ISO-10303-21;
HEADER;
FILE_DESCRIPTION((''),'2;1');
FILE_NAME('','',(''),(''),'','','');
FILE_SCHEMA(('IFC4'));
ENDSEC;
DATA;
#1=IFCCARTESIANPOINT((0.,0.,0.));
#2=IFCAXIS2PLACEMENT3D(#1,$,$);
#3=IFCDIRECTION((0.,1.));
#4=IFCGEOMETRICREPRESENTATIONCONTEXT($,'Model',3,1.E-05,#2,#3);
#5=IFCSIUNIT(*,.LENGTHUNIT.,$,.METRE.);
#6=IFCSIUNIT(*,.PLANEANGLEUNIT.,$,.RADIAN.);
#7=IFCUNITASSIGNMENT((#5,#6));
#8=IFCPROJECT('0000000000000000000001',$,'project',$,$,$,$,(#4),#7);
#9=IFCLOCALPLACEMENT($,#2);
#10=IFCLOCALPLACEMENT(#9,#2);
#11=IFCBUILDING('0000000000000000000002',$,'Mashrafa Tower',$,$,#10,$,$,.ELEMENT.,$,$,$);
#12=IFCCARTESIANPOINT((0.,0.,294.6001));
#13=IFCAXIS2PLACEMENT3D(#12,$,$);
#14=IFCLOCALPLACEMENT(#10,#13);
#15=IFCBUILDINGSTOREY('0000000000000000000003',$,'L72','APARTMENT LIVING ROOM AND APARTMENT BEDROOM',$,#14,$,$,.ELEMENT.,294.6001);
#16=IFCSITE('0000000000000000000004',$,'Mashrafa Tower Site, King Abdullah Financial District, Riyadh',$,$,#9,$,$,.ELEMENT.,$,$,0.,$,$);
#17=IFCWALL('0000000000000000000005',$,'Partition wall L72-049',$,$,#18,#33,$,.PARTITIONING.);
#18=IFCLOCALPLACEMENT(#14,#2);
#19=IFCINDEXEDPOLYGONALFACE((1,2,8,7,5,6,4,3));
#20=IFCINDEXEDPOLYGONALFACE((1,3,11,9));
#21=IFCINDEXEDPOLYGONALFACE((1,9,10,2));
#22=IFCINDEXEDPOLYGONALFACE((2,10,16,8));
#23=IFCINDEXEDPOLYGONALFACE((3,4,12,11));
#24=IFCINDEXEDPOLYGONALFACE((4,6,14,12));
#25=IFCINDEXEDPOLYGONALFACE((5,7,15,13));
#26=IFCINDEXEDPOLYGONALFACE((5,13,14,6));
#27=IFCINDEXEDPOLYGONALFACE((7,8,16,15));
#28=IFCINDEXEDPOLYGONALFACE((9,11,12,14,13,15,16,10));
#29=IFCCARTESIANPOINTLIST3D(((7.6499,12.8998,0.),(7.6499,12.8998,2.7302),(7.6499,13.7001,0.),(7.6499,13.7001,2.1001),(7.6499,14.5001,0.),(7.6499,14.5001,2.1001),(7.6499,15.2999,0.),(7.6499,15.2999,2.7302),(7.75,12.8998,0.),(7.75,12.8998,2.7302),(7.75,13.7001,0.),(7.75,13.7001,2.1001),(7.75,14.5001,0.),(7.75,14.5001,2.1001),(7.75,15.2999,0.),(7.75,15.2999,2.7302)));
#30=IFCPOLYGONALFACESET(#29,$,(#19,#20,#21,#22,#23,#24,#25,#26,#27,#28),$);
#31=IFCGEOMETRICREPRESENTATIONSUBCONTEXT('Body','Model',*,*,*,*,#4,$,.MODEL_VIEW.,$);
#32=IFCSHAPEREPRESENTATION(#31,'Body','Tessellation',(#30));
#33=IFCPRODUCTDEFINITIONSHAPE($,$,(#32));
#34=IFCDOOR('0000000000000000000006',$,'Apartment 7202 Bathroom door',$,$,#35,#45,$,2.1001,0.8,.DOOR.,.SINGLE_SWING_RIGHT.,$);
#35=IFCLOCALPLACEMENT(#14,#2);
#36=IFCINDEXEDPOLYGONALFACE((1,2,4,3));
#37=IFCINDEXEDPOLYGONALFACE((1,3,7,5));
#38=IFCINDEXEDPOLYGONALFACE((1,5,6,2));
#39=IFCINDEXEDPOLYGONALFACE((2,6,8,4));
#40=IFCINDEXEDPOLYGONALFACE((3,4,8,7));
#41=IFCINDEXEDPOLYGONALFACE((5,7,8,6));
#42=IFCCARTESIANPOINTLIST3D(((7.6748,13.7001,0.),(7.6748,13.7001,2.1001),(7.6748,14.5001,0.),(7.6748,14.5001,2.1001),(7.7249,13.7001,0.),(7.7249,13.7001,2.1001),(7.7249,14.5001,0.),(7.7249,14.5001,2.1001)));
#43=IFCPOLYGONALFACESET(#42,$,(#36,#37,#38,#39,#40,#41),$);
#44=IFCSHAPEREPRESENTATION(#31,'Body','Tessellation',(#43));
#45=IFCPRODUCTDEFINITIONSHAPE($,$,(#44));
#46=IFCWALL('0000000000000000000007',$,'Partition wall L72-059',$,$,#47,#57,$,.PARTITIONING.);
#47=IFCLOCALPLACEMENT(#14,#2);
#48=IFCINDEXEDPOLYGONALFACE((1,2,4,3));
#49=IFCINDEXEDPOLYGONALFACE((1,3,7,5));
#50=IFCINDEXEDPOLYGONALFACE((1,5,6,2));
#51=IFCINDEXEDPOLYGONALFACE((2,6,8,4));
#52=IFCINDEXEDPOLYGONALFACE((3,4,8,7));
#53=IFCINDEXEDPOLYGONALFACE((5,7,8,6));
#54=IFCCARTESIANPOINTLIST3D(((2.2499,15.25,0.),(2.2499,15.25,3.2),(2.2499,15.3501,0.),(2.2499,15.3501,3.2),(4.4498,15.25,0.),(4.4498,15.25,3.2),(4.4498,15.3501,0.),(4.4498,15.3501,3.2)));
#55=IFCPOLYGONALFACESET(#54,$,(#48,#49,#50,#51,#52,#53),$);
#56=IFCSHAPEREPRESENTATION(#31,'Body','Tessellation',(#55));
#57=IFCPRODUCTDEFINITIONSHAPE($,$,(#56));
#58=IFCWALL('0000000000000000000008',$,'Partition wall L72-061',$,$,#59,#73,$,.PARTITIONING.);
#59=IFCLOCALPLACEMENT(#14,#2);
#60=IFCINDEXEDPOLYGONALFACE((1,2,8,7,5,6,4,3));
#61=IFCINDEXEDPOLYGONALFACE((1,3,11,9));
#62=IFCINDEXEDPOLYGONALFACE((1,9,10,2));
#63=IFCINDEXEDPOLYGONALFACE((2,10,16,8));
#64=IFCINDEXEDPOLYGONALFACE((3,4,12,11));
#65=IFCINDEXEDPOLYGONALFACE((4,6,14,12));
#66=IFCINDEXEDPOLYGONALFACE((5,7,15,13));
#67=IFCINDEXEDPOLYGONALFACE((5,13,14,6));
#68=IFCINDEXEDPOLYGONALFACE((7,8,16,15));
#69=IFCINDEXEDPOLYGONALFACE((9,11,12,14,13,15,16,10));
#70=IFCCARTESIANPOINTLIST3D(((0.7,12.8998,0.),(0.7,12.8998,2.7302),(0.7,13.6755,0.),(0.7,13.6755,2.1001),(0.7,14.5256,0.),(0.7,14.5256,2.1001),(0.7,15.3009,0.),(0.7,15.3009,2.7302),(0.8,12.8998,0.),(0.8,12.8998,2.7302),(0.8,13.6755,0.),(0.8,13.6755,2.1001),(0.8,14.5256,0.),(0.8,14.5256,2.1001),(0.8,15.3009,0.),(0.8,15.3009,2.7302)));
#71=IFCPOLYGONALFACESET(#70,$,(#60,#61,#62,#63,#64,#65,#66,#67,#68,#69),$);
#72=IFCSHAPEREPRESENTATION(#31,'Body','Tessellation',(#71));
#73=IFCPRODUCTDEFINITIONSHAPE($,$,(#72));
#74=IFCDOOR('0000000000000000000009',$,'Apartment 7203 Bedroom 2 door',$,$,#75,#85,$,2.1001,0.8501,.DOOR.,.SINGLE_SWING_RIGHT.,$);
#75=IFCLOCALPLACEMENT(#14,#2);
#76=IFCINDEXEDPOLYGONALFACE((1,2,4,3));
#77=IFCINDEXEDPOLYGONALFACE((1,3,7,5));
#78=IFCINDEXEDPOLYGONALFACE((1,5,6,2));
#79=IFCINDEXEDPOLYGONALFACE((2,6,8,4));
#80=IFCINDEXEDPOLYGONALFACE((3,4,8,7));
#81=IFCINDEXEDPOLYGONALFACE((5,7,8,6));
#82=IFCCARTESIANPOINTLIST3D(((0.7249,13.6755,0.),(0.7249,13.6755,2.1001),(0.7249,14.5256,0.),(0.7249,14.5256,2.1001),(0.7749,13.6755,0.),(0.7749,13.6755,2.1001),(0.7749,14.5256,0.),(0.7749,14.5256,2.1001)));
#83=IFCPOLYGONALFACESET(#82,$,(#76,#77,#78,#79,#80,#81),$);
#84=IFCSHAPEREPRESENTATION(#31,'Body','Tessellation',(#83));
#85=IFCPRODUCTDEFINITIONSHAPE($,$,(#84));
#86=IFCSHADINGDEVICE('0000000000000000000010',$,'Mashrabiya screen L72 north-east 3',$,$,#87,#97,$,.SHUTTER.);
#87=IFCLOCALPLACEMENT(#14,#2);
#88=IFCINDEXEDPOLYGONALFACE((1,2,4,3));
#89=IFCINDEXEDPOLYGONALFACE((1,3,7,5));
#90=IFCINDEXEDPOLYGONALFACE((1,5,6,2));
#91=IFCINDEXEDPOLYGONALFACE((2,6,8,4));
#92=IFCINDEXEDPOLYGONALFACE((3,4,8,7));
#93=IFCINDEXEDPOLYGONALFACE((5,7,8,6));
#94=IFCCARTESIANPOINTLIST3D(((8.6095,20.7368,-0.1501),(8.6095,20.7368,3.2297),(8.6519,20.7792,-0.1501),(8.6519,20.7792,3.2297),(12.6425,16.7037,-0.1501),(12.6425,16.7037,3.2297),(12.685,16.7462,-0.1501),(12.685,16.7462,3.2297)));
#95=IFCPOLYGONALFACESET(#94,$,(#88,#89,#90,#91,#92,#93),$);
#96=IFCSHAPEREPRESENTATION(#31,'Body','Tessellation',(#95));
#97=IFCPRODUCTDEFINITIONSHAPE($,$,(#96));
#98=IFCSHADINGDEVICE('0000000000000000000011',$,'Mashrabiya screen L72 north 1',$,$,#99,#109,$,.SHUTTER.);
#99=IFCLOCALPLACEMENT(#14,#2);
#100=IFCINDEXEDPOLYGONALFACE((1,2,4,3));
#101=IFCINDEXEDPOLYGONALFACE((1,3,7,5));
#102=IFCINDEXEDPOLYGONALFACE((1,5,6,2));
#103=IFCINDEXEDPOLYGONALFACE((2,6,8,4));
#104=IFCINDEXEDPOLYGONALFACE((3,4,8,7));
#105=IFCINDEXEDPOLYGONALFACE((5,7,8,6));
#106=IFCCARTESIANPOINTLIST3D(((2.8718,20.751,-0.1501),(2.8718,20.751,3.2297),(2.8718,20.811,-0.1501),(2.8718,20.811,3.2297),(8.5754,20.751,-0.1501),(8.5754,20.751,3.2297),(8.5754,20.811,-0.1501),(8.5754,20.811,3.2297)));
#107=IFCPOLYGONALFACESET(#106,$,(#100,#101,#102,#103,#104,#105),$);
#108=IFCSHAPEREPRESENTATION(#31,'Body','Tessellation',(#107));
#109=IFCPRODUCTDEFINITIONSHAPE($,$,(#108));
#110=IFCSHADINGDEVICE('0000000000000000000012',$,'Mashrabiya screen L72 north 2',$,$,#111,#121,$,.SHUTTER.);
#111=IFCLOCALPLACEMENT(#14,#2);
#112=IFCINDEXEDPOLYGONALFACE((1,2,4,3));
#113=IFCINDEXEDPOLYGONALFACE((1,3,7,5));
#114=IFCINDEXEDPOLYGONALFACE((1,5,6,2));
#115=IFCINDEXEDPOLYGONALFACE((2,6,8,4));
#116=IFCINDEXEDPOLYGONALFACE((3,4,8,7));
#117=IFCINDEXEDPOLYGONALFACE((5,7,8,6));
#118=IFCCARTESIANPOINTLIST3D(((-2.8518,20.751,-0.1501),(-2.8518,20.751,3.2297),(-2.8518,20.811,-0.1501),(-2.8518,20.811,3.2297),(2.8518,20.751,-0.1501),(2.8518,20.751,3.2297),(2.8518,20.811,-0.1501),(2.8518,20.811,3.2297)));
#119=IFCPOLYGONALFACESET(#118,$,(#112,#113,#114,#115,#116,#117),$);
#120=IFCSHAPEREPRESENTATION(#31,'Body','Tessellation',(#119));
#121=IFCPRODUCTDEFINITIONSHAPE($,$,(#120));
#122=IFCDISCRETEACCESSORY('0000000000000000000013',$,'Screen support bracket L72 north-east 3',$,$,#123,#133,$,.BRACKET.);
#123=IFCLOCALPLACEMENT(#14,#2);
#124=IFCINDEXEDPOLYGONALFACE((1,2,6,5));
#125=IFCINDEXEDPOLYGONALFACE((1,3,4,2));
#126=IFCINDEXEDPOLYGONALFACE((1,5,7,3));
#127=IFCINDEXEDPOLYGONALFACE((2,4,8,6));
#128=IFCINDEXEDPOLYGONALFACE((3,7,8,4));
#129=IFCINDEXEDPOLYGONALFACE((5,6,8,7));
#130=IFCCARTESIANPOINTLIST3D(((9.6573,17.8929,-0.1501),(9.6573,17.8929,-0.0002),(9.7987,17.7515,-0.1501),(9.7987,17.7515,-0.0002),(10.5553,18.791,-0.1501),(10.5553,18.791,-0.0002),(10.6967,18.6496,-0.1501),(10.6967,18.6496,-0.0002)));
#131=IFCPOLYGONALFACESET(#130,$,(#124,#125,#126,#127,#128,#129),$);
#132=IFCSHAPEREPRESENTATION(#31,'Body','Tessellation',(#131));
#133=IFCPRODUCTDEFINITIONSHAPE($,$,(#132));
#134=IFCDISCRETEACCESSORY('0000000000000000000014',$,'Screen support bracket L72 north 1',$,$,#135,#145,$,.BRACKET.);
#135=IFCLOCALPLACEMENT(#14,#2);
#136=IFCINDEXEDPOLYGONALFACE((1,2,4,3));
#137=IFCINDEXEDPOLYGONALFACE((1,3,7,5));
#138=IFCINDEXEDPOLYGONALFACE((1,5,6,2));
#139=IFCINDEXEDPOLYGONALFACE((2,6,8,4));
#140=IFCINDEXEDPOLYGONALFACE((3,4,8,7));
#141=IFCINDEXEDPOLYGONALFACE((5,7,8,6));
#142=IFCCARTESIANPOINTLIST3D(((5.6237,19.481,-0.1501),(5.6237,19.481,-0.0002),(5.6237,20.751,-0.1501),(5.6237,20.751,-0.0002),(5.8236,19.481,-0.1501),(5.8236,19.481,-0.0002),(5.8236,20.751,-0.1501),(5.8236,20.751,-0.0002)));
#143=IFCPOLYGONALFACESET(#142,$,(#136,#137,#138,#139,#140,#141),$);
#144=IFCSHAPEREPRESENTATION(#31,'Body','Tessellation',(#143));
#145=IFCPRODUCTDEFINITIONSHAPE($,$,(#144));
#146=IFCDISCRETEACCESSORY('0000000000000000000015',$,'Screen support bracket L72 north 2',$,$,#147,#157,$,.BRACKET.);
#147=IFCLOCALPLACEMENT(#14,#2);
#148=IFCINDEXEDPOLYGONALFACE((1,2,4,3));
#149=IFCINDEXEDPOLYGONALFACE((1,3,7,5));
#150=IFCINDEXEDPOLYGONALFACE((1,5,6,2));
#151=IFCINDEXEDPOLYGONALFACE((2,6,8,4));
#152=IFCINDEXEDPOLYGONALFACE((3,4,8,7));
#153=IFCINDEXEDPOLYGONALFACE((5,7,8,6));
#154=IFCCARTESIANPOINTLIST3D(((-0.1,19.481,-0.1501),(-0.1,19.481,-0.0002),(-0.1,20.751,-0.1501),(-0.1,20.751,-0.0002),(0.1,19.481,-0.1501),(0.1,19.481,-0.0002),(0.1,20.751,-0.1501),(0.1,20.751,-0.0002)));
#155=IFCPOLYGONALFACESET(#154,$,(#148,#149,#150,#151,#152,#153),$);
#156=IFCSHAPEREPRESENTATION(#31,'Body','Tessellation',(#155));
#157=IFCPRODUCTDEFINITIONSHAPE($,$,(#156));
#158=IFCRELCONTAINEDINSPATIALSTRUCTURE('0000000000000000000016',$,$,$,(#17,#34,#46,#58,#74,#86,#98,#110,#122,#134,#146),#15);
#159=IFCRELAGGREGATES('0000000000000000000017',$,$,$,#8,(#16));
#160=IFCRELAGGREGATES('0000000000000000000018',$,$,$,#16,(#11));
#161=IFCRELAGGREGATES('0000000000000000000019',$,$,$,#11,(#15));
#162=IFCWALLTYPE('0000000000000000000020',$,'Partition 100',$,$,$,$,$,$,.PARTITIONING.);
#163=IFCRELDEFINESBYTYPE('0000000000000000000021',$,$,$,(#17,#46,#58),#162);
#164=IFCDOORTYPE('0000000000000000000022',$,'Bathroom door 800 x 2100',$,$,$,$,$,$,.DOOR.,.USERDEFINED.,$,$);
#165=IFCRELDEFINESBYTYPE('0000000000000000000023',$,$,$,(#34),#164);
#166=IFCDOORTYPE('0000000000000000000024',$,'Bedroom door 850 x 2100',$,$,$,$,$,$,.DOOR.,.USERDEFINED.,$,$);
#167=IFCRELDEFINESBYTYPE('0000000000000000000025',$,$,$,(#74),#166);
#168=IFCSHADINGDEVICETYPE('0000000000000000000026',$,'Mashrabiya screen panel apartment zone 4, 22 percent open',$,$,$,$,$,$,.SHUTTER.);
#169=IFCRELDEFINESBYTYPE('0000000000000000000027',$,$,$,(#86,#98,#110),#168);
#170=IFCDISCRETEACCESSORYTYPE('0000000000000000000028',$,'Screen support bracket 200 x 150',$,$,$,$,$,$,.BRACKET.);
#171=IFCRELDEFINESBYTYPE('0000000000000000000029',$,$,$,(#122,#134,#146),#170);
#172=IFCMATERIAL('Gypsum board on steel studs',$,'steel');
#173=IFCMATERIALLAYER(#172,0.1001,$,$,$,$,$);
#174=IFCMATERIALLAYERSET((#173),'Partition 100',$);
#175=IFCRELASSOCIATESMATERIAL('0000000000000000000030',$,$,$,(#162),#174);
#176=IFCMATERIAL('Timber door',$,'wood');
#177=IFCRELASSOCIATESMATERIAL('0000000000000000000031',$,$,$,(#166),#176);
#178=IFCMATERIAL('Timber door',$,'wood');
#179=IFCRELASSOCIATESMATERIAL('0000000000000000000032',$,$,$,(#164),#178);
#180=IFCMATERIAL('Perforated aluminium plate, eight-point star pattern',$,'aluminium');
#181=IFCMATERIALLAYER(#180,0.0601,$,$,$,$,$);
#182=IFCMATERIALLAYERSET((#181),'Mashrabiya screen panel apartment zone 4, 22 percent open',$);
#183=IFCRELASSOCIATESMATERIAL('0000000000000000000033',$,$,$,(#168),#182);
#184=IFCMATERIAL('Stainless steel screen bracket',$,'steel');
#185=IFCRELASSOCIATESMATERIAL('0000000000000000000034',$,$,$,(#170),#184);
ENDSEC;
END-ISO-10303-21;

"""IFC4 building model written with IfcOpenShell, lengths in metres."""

from ifc_helpers import new_model, si_unit, direction, frame, frame_2d, origin, origin_2d, place, context, subcontext, project, spatial, rectangle, extrude, source, transform, mapped, material, layer, layer_set, type_object, type_shapes, element, fill, save


model = new_model("IFC4")

# Units and contexts
model_context = context("Model", 3, precision=1e-05, world=origin(), true_north=direction((0.0, 1.0)))
body_context = subcontext(model_context, "Body", "Model", "MODEL_VIEW")
ifc_project = project(units=[si_unit("LENGTHUNIT", "METRE"), si_unit("PLANEANGLEUNIT", "RADIAN")], contexts=[model_context])

# Site, building, storey
site_placement = place(None, origin())
site = spatial("IfcSite", under=ifc_project, at=site_placement, Name="Mashrafa Tower Site, King Abdullah Financial District, Riyadh", CompositionType="ELEMENT", RefElevation=0.0)
building_placement = place(site_placement, origin())
building = spatial("IfcBuilding", under=site, at=building_placement, Name="Mashrafa Tower", CompositionType="ELEMENT")
storey_placement = place(building_placement, frame((0.0, 0.0, 294.6001)))
storey = spatial("IfcBuildingStorey", under=building, at=storey_placement, Name="L72", Description="APARTMENT LIVING ROOM AND APARTMENT BEDROOM", CompositionType="ELEMENT", Elevation=294.6001)

# Shared definitions
ifc_material_1 = material(Name="Gypsum board on steel studs", Category="steel")
ifc_layer_1 = layer(ifc_material_1, 0.1001)
ifc_layer_set_1 = layer_set([ifc_layer_1], Name="Partition 100")
wall_type_1 = type_object("IfcWallType", Name="Partition 100", PredefinedType="PARTITIONING", material=ifc_layer_set_1)

# Shared definitions
ifc_material_2 = material(Name="Timber door", Category="wood")
door_type_1 = type_object("IfcDoorType", Name="Bedroom door 850 x 2100", OperationType="USERDEFINED", PredefinedType="DOOR", material=ifc_material_2)

# Wall, opening, door
wall_1_placement = place(storey_placement, frame((7.7, 15.3, 0.0), z_axis=(0.0, 0.0, 1.0), x_axis=(0.0, -1.0, 0.0)))
wall_1 = element("IfcWall", 1, at=wall_1_placement, inside=storey, type_object=wall_type_1, Name="Partition wall L72-049", PredefinedType="PARTITIONING", context=body_context, shape_type="SweptSolid", body=[
    extrude(rectangle(XDim=2.4001, YDim=0.1001, at=frame_2d((1.2002, 0.0))), origin(), (0.0, 0.0, 1.0), 2.7302),
])
opening_1_placement = place(wall_1_placement, frame((0.8, 0.0, 0.0)))
opening_1 = element("IfcOpeningElement", 2, at=opening_1_placement, cuts=wall_1, PredefinedType="OPENING", context=body_context, shape_type="SweptSolid", body=[
    extrude(rectangle(XDim=0.8, YDim=2.1001, at=frame_2d((0.3999, 1.05))), frame((0.0, 0.0601, 0.0), z_axis=(0.0, -1.0, 0.0), x_axis=(1.0, 0.0, 0.0)), (0.0, 0.0, 1.0), 0.1201),
])
ifc_material_3 = material(Name="Timber door", Category="wood")
door_type_2 = type_object("IfcDoorType", Name="Bathroom door 800 x 2100", OperationType="USERDEFINED", PredefinedType="DOOR", material=ifc_material_3)
door_1_placement = place(opening_1_placement, origin())
door_1 = element("IfcDoor", 3, at=door_1_placement, inside=storey, type_object=door_type_2, Name="Apartment 7202 Bathroom door", OperationType="SINGLE_SWING_RIGHT", OverallHeight=2.1001, OverallWidth=0.8, PredefinedType="DOOR", context=body_context, shape_type="SweptSolid", body=[
    extrude(rectangle(XDim=0.8, YDim=2.1001, at=frame_2d((0.3999, 1.05))), frame((0.0, 0.0249, 0.0), z_axis=(0.0, -1.0, 0.0), x_axis=(1.0, 0.0, 0.0)), (0.0, 0.0, 1.0), 0.05),
])
fill(opening_1, door_1)

# Wall
wall_2_placement = place(storey_placement, frame((4.45, 15.3, 0.0), z_axis=(0.0, 0.0, 1.0), x_axis=(-1.0, 0.0, 0.0)))
element("IfcWall", 4, at=wall_2_placement, inside=storey, type_object=wall_type_1, Name="Partition wall L72-059", PredefinedType="PARTITIONING", context=body_context, shape_type="SweptSolid", body=[
    extrude(rectangle(XDim=2.2, YDim=0.1001, at=frame_2d((1.1001, 0.0))), origin(), (0.0, 0.0, 1.0), 3.2),
])

# Wall, opening, door
wall_3_placement = place(storey_placement, frame((0.75, 15.301, 0.0), z_axis=(0.0, 0.0, 1.0), x_axis=(0.0, -1.0, 0.0)))
wall_3 = element("IfcWall", 5, at=wall_3_placement, inside=storey, type_object=wall_type_1, Name="Partition wall L72-061", PredefinedType="PARTITIONING", context=body_context, shape_type="SweptSolid", body=[
    extrude(rectangle(XDim=2.4011, YDim=0.1001, at=frame_2d((1.2007, 0.0))), origin(), (0.0, 0.0, 1.0), 2.7302),
])
opening_2_placement = place(wall_3_placement, frame((0.7754, 0.0, 0.0)))
opening_2 = element("IfcOpeningElement", 6, at=opening_2_placement, cuts=wall_3, PredefinedType="OPENING", context=body_context, shape_type="SweptSolid", body=[
    extrude(rectangle(XDim=0.8501, YDim=2.1001, at=frame_2d((0.425, 1.05))), frame((0.0, 0.0601, 0.0), z_axis=(0.0, -1.0, 0.0), x_axis=(1.0, 0.0, 0.0)), (0.0, 0.0, 1.0), 0.1201),
])
door_2_placement = place(opening_2_placement, origin())
door_2 = element("IfcDoor", 7, at=door_2_placement, inside=storey, type_object=door_type_1, Name="Apartment 7203 Bedroom 2 door", OperationType="SINGLE_SWING_RIGHT", OverallHeight=2.1001, OverallWidth=0.8501, PredefinedType="DOOR", context=body_context, shape_type="SweptSolid", body=[
    extrude(rectangle(XDim=0.8501, YDim=2.1001, at=frame_2d((0.425, 1.05))), frame((0.0, 0.0249, 0.0), z_axis=(0.0, -1.0, 0.0), x_axis=(1.0, 0.0, 0.0)), (0.0, 0.0, 1.0), 0.05),
])
fill(opening_2, door_2)

# Shading devices
ifc_material_4 = material(Name="Perforated aluminium plate, eight-point star pattern", Category="aluminium")
ifc_layer_2 = layer(ifc_material_4, 0.0601)
ifc_layer_set_2 = layer_set([ifc_layer_2], Name="Mashrabiya screen panel apartment zone 4, 22 percent open")
shading_device_type = type_object("IfcShadingDeviceType", Name="Mashrabiya screen panel apartment zone 4, 22 percent open", PredefinedType="SHUTTER", material=ifc_layer_set_2)
shared_shape_1 = source(origin(), body_context, "Body", "SweptSolid", [
    extrude(rectangle(XDim=5.7036, YDim=0.0601, at=origin_2d()), origin(), (0.0, 0.0, 1.0), 3.3799),
])
type_shapes(shading_device_type, [shared_shape_1])
for number, where, z_axis, x_axis, name in (
    (8, (10.6472, 18.7415, -0.1501), (0.0, 0.0, 1.0), (-0.707107, 0.707107, 0.0), "Mashrabiya screen L72 north-east 3"),
    (9, (5.7236, 20.781, -0.1501), (0.0, 0.0, 1.0), (-1.0, 0.0, 0.0), "Mashrabiya screen L72 north 1"),
    (10, (0.0, 20.781, -0.1501), (0.0, 0.0, 1.0), (-1.0, 0.0, 0.0), "Mashrabiya screen L72 north 2"),
):
    element("IfcShadingDevice", number, at=place(storey_placement, frame(where, z_axis=z_axis, x_axis=x_axis)), inside=storey, type_object=shading_device_type, Name=name, PredefinedType="SHUTTER", context=body_context, shape_type="MappedRepresentation", body=[
        mapped(shared_shape_1, transform((0.0, 0.0, 0.0))),
    ])

# Discrete accessories
ifc_material_5 = material(Name="Stainless steel screen bracket", Category="steel")
discrete_accessory_type = type_object("IfcDiscreteAccessoryType", Name="Screen support bracket 200 x 150", PredefinedType="BRACKET", material=ifc_material_5)
shared_shape_2 = source(origin(), body_context, "Body", "SweptSolid", [
    extrude(rectangle(XDim=0.2, YDim=1.27, at=origin_2d()), origin(), (0.0, 0.0, 1.0), 0.1499),
])
type_shapes(discrete_accessory_type, [shared_shape_2])
for number, where, z_axis, x_axis, name in (
    (11, (10.177, 18.2712, -0.1501), (0.0, 0.0, 1.0), (-0.707107, 0.707107, 0.0), "Screen support bracket L72 north-east 3"),
    (12, (5.7236, 20.116, -0.1501), (0.0, 0.0, 1.0), (-1.0, 0.0, 0.0), "Screen support bracket L72 north 1"),
    (13, (0.0, 20.116, -0.1501), (0.0, 0.0, 1.0), (-1.0, 0.0, 0.0), "Screen support bracket L72 north 2"),
):
    element("IfcDiscreteAccessory", number, at=place(storey_placement, frame(where, z_axis=z_axis, x_axis=x_axis)), inside=storey, type_object=discrete_accessory_type, Name=name, PredefinedType="BRACKET", context=body_context, shape_type="MappedRepresentation", body=[
        mapped(shared_shape_2, transform((0.0, 0.0, 0.0))),
    ])

save(model, "model.ifc")
